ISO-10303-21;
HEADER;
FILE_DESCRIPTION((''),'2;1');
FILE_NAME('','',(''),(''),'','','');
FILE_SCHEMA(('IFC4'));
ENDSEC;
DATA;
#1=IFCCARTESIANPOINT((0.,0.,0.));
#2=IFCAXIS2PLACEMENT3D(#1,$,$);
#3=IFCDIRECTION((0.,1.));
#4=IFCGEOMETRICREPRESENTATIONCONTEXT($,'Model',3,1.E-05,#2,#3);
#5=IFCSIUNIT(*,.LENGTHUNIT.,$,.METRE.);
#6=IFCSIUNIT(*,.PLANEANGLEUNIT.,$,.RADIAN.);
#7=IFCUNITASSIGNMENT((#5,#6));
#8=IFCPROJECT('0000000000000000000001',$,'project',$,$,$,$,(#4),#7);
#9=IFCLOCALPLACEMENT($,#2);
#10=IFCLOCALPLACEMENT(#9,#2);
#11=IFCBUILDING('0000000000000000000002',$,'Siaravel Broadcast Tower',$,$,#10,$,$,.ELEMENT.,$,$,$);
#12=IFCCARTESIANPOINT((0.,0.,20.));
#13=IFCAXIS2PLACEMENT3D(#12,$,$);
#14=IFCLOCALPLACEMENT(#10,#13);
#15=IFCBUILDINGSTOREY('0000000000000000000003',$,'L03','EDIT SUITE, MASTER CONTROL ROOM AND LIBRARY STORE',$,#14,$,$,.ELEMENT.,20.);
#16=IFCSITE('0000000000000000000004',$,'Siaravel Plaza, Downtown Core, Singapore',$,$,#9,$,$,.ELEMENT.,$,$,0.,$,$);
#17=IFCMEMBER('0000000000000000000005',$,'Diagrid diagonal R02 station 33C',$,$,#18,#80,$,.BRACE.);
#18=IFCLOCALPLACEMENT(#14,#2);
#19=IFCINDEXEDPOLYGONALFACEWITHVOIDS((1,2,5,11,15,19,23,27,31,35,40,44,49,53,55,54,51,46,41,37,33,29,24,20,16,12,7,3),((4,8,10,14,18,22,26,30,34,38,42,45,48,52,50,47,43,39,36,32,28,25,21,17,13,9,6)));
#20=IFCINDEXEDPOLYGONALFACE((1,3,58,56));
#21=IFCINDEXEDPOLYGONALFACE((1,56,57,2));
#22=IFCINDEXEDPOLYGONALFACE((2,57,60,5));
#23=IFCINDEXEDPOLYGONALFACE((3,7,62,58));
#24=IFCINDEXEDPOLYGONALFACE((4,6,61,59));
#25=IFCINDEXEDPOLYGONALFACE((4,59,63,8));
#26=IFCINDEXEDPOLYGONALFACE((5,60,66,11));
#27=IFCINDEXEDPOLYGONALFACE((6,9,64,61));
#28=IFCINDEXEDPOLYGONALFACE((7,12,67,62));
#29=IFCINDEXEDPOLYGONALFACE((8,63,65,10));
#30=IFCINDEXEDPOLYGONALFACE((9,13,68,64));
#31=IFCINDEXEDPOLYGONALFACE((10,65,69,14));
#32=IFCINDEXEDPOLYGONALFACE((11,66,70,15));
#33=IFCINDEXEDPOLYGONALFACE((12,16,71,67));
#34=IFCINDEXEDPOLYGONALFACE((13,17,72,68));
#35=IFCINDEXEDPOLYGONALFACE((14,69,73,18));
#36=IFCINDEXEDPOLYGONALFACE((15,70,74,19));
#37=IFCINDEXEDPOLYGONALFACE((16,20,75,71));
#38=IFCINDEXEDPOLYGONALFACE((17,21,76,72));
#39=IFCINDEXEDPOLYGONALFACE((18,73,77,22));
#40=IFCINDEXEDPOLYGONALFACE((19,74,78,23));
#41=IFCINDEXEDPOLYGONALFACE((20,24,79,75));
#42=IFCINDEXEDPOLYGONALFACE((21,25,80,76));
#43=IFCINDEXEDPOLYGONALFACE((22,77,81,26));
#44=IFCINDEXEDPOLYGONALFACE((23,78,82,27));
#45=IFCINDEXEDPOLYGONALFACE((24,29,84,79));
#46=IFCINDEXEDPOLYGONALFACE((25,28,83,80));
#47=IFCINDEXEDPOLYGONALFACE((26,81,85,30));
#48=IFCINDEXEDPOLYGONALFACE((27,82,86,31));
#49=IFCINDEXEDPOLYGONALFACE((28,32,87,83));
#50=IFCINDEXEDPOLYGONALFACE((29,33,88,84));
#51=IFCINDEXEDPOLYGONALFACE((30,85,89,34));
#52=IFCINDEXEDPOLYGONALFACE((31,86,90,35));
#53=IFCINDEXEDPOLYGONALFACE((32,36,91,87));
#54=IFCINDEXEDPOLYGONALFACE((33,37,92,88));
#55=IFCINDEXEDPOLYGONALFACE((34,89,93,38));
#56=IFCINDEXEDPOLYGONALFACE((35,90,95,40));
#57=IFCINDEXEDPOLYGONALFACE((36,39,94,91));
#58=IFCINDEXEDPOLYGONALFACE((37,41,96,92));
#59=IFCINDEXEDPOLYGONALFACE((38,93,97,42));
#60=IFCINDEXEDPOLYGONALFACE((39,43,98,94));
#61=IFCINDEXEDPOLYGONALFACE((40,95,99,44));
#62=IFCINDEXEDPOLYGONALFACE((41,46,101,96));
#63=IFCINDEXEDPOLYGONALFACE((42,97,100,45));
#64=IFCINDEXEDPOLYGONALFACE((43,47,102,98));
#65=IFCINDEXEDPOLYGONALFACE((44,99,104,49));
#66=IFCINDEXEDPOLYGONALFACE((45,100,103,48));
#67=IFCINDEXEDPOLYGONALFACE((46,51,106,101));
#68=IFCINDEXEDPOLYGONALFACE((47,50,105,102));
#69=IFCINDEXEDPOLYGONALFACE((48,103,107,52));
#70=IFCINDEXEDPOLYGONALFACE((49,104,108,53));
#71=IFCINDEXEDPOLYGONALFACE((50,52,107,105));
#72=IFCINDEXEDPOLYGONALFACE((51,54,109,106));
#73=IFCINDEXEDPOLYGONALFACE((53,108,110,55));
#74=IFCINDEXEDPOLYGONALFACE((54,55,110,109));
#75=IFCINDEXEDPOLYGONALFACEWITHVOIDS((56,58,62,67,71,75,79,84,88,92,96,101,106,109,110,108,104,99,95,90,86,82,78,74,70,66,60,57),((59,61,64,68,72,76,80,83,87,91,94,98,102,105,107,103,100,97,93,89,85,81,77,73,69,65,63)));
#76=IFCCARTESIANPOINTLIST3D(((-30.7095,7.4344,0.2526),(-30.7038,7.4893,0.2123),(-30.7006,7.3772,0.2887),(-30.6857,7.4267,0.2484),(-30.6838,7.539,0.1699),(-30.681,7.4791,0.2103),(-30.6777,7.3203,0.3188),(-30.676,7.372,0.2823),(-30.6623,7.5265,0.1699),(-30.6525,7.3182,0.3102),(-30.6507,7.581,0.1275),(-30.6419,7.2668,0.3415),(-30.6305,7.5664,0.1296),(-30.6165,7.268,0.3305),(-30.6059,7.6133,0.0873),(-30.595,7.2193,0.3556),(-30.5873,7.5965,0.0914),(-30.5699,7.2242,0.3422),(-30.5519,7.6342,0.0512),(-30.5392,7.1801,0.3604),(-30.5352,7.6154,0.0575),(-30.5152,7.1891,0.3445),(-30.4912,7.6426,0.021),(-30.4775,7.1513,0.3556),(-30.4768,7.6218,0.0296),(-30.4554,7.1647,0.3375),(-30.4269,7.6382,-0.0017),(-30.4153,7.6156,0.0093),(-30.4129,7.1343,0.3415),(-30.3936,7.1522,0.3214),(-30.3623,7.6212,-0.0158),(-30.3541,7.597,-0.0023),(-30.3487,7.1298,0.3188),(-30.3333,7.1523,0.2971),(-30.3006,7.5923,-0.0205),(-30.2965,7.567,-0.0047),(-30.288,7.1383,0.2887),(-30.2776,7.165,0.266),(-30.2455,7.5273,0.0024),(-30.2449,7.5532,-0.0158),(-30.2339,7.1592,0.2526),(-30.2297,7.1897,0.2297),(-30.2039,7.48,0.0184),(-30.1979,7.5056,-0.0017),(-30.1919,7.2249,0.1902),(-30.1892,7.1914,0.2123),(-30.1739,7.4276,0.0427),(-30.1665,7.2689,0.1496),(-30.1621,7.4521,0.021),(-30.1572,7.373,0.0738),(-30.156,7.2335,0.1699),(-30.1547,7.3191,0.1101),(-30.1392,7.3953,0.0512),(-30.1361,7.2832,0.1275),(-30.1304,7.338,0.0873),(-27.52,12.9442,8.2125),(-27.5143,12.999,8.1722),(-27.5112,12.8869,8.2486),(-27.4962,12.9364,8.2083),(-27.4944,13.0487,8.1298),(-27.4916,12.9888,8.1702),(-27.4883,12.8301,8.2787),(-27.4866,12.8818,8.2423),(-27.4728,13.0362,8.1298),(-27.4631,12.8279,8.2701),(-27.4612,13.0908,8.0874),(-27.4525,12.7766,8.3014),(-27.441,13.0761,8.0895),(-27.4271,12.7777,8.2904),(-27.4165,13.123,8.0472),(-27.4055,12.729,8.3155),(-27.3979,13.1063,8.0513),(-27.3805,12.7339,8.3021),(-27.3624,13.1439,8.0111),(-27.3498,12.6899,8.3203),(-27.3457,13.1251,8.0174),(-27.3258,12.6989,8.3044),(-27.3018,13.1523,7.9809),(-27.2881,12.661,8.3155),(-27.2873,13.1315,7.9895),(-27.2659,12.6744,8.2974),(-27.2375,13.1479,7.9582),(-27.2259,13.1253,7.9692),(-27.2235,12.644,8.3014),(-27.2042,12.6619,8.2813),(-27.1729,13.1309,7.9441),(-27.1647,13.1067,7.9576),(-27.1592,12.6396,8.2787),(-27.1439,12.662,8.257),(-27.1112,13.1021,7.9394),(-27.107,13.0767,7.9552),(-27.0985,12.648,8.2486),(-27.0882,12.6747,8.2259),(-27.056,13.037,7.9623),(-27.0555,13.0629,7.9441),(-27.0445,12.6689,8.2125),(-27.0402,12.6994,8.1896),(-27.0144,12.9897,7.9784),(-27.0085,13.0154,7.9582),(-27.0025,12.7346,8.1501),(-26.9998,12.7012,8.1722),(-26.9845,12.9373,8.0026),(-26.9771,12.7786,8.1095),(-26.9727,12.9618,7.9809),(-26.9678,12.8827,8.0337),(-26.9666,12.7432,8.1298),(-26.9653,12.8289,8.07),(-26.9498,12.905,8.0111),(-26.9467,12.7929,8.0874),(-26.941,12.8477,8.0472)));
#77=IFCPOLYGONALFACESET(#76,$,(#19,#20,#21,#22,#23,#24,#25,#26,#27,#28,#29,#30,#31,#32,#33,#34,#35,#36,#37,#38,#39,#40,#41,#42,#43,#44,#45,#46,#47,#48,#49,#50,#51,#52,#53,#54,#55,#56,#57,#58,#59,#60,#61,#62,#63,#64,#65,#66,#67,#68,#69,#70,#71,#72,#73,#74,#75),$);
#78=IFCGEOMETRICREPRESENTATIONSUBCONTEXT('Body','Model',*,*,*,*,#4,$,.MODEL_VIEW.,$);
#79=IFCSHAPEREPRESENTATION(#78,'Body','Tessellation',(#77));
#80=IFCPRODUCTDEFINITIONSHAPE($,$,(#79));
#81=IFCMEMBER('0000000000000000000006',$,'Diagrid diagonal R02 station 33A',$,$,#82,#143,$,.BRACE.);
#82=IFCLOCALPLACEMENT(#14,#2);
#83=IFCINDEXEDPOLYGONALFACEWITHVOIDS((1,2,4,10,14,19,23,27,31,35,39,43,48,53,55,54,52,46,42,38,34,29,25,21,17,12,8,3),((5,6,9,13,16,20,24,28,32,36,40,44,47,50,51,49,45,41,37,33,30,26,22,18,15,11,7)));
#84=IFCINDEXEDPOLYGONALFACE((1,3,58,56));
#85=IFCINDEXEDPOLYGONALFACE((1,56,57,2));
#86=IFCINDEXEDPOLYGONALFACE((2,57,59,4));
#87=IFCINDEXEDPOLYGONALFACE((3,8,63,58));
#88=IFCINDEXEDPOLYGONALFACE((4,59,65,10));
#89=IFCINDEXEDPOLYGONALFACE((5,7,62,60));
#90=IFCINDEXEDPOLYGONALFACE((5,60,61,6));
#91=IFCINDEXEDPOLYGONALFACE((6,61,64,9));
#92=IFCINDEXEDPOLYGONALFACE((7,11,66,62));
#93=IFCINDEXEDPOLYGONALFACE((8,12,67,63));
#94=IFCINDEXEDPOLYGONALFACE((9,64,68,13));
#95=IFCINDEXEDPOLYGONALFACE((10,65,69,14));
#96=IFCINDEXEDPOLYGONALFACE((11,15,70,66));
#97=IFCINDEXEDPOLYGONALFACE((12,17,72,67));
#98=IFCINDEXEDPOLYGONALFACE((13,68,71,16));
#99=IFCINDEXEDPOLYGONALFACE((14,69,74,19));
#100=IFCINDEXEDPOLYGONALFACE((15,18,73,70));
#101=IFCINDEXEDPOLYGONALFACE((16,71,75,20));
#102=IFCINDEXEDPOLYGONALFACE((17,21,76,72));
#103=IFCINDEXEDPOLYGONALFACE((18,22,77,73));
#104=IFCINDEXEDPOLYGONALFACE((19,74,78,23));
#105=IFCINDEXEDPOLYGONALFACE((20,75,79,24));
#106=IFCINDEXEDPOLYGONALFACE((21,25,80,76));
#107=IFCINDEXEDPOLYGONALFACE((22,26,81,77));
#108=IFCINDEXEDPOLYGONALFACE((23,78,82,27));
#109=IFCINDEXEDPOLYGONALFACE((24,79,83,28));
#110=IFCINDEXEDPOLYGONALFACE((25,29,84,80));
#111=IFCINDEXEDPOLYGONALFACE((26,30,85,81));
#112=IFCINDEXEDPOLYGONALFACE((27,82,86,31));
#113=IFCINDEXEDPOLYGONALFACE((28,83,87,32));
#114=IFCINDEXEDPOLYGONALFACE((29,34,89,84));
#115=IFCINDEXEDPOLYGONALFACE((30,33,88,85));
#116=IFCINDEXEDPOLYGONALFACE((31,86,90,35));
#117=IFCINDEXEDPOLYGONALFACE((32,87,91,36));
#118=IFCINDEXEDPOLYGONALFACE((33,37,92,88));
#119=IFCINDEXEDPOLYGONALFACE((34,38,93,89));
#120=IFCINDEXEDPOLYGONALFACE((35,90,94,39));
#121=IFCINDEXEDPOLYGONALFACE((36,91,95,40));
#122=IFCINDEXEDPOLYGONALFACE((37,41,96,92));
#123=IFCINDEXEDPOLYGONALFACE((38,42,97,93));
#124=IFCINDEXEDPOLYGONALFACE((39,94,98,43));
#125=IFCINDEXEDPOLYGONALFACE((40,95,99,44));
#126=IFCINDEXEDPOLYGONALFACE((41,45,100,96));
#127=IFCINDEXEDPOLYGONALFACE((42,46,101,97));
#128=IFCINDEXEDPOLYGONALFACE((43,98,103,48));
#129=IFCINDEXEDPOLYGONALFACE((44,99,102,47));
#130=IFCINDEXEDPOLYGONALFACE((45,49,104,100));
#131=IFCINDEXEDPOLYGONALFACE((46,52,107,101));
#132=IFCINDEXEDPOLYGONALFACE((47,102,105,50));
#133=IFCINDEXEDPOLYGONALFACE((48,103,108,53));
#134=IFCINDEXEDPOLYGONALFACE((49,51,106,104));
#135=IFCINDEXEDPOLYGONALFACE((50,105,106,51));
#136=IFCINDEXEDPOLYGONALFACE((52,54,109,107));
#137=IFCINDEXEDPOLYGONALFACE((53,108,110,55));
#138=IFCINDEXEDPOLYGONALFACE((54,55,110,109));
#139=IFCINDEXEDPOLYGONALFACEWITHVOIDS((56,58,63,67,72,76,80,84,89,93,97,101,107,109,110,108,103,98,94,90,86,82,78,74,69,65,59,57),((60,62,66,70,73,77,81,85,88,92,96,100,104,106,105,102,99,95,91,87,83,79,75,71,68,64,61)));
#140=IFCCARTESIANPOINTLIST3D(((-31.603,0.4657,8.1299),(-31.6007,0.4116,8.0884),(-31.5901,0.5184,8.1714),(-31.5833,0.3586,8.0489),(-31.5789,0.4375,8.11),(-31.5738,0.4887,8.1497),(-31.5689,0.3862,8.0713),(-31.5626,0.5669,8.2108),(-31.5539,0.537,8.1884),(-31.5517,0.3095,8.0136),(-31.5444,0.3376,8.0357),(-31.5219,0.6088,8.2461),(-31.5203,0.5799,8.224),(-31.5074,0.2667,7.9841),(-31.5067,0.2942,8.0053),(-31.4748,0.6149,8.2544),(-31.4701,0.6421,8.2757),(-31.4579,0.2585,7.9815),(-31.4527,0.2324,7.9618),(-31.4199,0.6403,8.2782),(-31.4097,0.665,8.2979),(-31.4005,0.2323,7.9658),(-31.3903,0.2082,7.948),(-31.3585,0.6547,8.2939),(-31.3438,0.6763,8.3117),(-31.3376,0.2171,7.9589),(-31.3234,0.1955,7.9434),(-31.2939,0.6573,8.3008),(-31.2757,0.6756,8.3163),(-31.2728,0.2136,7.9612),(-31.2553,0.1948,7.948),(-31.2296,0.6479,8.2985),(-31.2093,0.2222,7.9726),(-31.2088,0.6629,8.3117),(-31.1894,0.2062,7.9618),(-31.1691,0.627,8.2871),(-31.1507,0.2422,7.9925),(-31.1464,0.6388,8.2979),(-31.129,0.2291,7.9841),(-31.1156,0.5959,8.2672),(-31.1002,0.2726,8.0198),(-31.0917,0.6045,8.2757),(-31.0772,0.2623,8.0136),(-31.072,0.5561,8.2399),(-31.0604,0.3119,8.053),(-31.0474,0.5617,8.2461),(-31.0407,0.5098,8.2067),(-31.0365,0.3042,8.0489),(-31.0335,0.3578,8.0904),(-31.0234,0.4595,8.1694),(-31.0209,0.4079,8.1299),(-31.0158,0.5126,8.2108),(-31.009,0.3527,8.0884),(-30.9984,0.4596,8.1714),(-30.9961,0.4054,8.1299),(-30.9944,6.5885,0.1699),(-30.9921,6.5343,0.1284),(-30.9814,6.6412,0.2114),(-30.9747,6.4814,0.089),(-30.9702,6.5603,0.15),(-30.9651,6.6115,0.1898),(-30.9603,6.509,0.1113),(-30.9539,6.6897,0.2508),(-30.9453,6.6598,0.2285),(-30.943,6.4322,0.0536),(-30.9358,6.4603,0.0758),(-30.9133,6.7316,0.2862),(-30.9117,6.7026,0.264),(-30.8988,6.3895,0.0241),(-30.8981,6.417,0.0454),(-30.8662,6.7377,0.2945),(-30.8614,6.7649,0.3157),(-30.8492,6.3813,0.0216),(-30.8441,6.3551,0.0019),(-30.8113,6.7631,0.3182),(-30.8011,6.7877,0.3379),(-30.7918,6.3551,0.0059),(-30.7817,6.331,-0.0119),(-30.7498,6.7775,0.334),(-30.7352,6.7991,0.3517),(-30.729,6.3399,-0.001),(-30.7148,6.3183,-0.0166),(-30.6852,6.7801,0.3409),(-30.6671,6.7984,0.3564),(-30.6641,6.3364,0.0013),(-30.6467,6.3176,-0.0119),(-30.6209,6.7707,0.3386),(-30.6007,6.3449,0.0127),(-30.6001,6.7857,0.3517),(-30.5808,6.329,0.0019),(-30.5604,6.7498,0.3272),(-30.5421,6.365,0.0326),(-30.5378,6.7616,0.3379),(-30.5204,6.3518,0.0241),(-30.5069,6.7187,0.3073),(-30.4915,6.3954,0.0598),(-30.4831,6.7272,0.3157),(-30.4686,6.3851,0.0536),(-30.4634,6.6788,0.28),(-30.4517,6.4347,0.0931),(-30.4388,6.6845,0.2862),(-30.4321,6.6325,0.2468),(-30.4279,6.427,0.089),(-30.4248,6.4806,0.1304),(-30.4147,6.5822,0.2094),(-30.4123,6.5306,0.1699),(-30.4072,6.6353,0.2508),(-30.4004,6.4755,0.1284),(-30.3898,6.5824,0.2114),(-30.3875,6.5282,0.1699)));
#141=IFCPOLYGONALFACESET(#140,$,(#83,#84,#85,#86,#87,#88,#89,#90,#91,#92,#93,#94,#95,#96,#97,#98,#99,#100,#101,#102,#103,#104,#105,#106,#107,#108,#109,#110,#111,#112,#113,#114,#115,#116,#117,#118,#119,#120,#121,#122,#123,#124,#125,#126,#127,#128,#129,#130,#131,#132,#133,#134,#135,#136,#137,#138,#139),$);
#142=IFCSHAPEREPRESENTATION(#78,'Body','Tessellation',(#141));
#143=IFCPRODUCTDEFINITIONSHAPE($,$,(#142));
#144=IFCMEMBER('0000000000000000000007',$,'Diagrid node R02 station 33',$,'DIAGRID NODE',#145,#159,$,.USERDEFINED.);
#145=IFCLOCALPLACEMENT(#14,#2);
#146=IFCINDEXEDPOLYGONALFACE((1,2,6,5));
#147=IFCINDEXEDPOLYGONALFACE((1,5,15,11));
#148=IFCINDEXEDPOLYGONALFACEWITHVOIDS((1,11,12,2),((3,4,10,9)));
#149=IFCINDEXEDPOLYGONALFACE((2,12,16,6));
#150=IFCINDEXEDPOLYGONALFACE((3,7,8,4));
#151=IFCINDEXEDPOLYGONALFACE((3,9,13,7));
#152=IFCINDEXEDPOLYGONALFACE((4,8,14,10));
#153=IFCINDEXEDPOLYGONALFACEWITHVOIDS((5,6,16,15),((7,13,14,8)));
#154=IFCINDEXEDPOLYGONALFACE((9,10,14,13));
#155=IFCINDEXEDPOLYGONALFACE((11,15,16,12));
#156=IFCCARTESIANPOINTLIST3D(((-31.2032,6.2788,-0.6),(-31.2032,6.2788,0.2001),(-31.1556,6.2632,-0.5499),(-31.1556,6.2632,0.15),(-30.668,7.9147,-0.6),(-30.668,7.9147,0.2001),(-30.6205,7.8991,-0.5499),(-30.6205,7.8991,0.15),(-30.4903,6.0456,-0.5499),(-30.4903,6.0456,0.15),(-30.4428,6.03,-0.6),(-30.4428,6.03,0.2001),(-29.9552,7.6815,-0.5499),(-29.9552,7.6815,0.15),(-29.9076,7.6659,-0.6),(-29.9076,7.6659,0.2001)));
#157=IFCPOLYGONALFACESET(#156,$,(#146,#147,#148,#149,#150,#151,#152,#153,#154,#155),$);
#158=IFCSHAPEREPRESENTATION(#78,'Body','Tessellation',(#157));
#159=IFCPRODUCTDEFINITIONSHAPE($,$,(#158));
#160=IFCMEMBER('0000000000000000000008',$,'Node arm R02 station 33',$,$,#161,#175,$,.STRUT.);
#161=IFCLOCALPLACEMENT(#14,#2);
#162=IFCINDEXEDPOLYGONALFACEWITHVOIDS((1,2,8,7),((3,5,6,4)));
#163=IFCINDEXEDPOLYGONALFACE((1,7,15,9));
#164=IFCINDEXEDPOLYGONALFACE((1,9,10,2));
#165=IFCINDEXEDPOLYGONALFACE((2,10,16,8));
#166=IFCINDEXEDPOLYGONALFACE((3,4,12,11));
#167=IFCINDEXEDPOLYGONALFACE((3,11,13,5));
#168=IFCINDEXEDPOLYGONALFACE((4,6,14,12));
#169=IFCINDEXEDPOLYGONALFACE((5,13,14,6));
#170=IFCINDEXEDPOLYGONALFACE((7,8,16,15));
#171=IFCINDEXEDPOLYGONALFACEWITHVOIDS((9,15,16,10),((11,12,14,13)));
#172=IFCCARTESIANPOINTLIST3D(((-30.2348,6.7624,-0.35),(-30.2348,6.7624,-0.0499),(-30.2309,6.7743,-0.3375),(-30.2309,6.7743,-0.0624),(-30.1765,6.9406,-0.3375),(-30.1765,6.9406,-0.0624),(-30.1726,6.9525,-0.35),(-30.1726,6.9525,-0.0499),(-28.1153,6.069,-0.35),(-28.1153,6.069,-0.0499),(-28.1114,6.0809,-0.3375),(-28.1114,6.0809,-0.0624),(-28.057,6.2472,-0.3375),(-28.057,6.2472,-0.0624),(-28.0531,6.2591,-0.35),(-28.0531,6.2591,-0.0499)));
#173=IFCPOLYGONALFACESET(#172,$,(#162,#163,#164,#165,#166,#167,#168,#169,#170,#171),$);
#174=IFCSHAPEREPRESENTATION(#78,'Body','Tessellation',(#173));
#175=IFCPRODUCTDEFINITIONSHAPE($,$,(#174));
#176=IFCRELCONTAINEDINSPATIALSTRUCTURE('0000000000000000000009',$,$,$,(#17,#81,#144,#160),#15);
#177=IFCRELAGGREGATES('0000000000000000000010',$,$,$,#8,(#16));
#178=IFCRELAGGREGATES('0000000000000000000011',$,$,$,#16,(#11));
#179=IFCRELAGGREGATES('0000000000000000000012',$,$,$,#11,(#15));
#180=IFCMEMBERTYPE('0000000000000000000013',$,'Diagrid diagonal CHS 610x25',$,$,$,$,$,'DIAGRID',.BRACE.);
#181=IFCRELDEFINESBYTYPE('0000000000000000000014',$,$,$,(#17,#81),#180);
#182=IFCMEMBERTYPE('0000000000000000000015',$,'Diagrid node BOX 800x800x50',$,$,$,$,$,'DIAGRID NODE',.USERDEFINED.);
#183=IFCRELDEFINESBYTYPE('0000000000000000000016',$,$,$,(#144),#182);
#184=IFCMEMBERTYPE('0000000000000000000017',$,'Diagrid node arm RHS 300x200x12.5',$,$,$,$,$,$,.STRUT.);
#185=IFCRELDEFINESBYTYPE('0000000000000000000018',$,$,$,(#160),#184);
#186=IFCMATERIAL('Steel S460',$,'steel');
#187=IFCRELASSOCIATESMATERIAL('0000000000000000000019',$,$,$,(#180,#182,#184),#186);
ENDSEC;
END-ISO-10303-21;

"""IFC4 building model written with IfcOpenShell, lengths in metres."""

from ifc_helpers import new_model, si_unit, direction, frame, origin, origin_2d, place, context, subcontext, project, spatial, hollow_rectangle, hollow_circle, extrude, material, material_profile, profile_set, type_object, element, save


model = new_model("IFC4")

# Units and contexts
model_context = context("Model", 3, precision=1e-05, world=origin(), true_north=direction((0.0, 1.0)))
body_context = subcontext(model_context, "Body", "Model", "MODEL_VIEW")
ifc_project = project(units=[si_unit("LENGTHUNIT", "METRE"), si_unit("PLANEANGLEUNIT", "RADIAN")], contexts=[model_context])

# Site, building, storey
site_placement = place(None, origin())
site = spatial("IfcSite", under=ifc_project, at=site_placement, Name="Siaravel Plaza, Downtown Core, Singapore", CompositionType="ELEMENT", RefElevation=0.0)
building_placement = place(site_placement, origin())
building = spatial("IfcBuilding", under=site, at=building_placement, Name="Siaravel Broadcast Tower", CompositionType="ELEMENT")
storey_placement = place(building_placement, frame((0.0, 0.0, 20.0)))
storey = spatial("IfcBuildingStorey", under=building, at=storey_placement, Name="L03", Description="EDIT SUITE, MASTER CONTROL ROOM AND LIBRARY STORE", CompositionType="ELEMENT", Elevation=20.0)

# Members
ifc_material_1 = material(Name="Steel S460", Category="steel")
ifc_material_profile_1 = material_profile(ifc_material_1, hollow_circle(Radius=0.3049, WallThickness=0.0249, at=origin_2d()))
ifc_profile_set_1 = profile_set([ifc_material_profile_1], Name="Steel S460")
member_type_1 = type_object("IfcMemberType", Name="Diagrid diagonal CHS 610x25", ElementType="DIAGRID", PredefinedType="BRACE", material=ifc_profile_set_1)
member_1_placement = place(storey_placement, frame((-30.4199, 7.3862, 0.1699), z_axis=(0.312915, 0.54056, 0.780947), x_axis=(-0.865454, 0.500988, 0.0)))
element("IfcMember", 1, at=member_1_placement, inside=storey, type_object=member_type_1, Name="Diagrid diagonal R02 station 33C", PredefinedType="BRACE", context=body_context, shape_type="SweptSolid", body=[
    extrude(hollow_circle(Radius=0.3049, WallThickness=0.0249, at=origin_2d()), origin(), (0.0, 0.0, 1.0), 10.1926),
])
member_2_placement = place(storey_placement, frame((-30.6909, 6.5583, 0.1699), z_axis=(-0.060496, -0.608579, 0.791184), x_axis=(0.995096, -0.098918, 0.0)))
element("IfcMember", 2, at=member_2_placement, inside=storey, type_object=member_type_1, Name="Diagrid diagonal R02 station 33A", PredefinedType="BRACE", context=body_context, shape_type="SweptSolid", body=[
    extrude(hollow_circle(Radius=0.3049, WallThickness=0.0249, at=origin_2d()), origin(), (0.0, 0.0, 1.0), 10.0608),
])
ifc_material_profile_2 = material_profile(ifc_material_1, hollow_rectangle(XDim=0.8, YDim=0.8, WallThickness=0.05, at=origin_2d()))
ifc_profile_set_2 = profile_set([ifc_material_profile_2], Name="Steel S460")
member_type_2 = type_object("IfcMemberType", Name="Diagrid node BOX 800x800x50", ElementType="DIAGRID NODE", PredefinedType="USERDEFINED", material=ifc_profile_set_2)
member_3_placement = place(storey_placement, frame((-30.2878, 7.7903, -0.2), z_axis=(-0.310904, -0.950441, 0.0), x_axis=(0.950441, -0.310904, 0.0)))
element("IfcMember", 3, at=member_3_placement, inside=storey, type_object=member_type_2, Name="Diagrid node R02 station 33", ObjectType="DIAGRID NODE", PredefinedType="USERDEFINED", context=body_context, shape_type="SweptSolid", body=[
    extrude(hollow_rectangle(XDim=0.8, YDim=0.8, WallThickness=0.05, at=origin_2d()), origin(), (0.0, 0.0, 1.0), 1.7212),
])
ifc_material_profile_3 = material_profile(ifc_material_1, hollow_rectangle(XDim=0.2, YDim=0.3, WallThickness=0.0125, at=origin_2d()))
ifc_profile_set_3 = profile_set([ifc_material_profile_3], Name="Steel S460")
member_type_3 = type_object("IfcMemberType", Name="Diagrid node arm RHS 300x200x12.5", PredefinedType="STRUT", material=ifc_profile_set_3)
member_4_placement = place(storey_placement, frame((-28.0842, 6.1641, -0.2), z_axis=(-0.950431, 0.310935, 0.0), x_axis=(-0.310935, -0.950431, 0.0)))
element("IfcMember", 4, at=member_4_placement, inside=storey, type_object=member_type_3, Name="Node arm R02 station 33", PredefinedType="STRUT", context=body_context, shape_type="SweptSolid", body=[
    extrude(hollow_rectangle(XDim=0.2, YDim=0.3, WallThickness=0.0125, at=origin_2d()), origin(), (0.0, 0.0, 1.0), 2.23),
])

save(model, "model.ifc")
